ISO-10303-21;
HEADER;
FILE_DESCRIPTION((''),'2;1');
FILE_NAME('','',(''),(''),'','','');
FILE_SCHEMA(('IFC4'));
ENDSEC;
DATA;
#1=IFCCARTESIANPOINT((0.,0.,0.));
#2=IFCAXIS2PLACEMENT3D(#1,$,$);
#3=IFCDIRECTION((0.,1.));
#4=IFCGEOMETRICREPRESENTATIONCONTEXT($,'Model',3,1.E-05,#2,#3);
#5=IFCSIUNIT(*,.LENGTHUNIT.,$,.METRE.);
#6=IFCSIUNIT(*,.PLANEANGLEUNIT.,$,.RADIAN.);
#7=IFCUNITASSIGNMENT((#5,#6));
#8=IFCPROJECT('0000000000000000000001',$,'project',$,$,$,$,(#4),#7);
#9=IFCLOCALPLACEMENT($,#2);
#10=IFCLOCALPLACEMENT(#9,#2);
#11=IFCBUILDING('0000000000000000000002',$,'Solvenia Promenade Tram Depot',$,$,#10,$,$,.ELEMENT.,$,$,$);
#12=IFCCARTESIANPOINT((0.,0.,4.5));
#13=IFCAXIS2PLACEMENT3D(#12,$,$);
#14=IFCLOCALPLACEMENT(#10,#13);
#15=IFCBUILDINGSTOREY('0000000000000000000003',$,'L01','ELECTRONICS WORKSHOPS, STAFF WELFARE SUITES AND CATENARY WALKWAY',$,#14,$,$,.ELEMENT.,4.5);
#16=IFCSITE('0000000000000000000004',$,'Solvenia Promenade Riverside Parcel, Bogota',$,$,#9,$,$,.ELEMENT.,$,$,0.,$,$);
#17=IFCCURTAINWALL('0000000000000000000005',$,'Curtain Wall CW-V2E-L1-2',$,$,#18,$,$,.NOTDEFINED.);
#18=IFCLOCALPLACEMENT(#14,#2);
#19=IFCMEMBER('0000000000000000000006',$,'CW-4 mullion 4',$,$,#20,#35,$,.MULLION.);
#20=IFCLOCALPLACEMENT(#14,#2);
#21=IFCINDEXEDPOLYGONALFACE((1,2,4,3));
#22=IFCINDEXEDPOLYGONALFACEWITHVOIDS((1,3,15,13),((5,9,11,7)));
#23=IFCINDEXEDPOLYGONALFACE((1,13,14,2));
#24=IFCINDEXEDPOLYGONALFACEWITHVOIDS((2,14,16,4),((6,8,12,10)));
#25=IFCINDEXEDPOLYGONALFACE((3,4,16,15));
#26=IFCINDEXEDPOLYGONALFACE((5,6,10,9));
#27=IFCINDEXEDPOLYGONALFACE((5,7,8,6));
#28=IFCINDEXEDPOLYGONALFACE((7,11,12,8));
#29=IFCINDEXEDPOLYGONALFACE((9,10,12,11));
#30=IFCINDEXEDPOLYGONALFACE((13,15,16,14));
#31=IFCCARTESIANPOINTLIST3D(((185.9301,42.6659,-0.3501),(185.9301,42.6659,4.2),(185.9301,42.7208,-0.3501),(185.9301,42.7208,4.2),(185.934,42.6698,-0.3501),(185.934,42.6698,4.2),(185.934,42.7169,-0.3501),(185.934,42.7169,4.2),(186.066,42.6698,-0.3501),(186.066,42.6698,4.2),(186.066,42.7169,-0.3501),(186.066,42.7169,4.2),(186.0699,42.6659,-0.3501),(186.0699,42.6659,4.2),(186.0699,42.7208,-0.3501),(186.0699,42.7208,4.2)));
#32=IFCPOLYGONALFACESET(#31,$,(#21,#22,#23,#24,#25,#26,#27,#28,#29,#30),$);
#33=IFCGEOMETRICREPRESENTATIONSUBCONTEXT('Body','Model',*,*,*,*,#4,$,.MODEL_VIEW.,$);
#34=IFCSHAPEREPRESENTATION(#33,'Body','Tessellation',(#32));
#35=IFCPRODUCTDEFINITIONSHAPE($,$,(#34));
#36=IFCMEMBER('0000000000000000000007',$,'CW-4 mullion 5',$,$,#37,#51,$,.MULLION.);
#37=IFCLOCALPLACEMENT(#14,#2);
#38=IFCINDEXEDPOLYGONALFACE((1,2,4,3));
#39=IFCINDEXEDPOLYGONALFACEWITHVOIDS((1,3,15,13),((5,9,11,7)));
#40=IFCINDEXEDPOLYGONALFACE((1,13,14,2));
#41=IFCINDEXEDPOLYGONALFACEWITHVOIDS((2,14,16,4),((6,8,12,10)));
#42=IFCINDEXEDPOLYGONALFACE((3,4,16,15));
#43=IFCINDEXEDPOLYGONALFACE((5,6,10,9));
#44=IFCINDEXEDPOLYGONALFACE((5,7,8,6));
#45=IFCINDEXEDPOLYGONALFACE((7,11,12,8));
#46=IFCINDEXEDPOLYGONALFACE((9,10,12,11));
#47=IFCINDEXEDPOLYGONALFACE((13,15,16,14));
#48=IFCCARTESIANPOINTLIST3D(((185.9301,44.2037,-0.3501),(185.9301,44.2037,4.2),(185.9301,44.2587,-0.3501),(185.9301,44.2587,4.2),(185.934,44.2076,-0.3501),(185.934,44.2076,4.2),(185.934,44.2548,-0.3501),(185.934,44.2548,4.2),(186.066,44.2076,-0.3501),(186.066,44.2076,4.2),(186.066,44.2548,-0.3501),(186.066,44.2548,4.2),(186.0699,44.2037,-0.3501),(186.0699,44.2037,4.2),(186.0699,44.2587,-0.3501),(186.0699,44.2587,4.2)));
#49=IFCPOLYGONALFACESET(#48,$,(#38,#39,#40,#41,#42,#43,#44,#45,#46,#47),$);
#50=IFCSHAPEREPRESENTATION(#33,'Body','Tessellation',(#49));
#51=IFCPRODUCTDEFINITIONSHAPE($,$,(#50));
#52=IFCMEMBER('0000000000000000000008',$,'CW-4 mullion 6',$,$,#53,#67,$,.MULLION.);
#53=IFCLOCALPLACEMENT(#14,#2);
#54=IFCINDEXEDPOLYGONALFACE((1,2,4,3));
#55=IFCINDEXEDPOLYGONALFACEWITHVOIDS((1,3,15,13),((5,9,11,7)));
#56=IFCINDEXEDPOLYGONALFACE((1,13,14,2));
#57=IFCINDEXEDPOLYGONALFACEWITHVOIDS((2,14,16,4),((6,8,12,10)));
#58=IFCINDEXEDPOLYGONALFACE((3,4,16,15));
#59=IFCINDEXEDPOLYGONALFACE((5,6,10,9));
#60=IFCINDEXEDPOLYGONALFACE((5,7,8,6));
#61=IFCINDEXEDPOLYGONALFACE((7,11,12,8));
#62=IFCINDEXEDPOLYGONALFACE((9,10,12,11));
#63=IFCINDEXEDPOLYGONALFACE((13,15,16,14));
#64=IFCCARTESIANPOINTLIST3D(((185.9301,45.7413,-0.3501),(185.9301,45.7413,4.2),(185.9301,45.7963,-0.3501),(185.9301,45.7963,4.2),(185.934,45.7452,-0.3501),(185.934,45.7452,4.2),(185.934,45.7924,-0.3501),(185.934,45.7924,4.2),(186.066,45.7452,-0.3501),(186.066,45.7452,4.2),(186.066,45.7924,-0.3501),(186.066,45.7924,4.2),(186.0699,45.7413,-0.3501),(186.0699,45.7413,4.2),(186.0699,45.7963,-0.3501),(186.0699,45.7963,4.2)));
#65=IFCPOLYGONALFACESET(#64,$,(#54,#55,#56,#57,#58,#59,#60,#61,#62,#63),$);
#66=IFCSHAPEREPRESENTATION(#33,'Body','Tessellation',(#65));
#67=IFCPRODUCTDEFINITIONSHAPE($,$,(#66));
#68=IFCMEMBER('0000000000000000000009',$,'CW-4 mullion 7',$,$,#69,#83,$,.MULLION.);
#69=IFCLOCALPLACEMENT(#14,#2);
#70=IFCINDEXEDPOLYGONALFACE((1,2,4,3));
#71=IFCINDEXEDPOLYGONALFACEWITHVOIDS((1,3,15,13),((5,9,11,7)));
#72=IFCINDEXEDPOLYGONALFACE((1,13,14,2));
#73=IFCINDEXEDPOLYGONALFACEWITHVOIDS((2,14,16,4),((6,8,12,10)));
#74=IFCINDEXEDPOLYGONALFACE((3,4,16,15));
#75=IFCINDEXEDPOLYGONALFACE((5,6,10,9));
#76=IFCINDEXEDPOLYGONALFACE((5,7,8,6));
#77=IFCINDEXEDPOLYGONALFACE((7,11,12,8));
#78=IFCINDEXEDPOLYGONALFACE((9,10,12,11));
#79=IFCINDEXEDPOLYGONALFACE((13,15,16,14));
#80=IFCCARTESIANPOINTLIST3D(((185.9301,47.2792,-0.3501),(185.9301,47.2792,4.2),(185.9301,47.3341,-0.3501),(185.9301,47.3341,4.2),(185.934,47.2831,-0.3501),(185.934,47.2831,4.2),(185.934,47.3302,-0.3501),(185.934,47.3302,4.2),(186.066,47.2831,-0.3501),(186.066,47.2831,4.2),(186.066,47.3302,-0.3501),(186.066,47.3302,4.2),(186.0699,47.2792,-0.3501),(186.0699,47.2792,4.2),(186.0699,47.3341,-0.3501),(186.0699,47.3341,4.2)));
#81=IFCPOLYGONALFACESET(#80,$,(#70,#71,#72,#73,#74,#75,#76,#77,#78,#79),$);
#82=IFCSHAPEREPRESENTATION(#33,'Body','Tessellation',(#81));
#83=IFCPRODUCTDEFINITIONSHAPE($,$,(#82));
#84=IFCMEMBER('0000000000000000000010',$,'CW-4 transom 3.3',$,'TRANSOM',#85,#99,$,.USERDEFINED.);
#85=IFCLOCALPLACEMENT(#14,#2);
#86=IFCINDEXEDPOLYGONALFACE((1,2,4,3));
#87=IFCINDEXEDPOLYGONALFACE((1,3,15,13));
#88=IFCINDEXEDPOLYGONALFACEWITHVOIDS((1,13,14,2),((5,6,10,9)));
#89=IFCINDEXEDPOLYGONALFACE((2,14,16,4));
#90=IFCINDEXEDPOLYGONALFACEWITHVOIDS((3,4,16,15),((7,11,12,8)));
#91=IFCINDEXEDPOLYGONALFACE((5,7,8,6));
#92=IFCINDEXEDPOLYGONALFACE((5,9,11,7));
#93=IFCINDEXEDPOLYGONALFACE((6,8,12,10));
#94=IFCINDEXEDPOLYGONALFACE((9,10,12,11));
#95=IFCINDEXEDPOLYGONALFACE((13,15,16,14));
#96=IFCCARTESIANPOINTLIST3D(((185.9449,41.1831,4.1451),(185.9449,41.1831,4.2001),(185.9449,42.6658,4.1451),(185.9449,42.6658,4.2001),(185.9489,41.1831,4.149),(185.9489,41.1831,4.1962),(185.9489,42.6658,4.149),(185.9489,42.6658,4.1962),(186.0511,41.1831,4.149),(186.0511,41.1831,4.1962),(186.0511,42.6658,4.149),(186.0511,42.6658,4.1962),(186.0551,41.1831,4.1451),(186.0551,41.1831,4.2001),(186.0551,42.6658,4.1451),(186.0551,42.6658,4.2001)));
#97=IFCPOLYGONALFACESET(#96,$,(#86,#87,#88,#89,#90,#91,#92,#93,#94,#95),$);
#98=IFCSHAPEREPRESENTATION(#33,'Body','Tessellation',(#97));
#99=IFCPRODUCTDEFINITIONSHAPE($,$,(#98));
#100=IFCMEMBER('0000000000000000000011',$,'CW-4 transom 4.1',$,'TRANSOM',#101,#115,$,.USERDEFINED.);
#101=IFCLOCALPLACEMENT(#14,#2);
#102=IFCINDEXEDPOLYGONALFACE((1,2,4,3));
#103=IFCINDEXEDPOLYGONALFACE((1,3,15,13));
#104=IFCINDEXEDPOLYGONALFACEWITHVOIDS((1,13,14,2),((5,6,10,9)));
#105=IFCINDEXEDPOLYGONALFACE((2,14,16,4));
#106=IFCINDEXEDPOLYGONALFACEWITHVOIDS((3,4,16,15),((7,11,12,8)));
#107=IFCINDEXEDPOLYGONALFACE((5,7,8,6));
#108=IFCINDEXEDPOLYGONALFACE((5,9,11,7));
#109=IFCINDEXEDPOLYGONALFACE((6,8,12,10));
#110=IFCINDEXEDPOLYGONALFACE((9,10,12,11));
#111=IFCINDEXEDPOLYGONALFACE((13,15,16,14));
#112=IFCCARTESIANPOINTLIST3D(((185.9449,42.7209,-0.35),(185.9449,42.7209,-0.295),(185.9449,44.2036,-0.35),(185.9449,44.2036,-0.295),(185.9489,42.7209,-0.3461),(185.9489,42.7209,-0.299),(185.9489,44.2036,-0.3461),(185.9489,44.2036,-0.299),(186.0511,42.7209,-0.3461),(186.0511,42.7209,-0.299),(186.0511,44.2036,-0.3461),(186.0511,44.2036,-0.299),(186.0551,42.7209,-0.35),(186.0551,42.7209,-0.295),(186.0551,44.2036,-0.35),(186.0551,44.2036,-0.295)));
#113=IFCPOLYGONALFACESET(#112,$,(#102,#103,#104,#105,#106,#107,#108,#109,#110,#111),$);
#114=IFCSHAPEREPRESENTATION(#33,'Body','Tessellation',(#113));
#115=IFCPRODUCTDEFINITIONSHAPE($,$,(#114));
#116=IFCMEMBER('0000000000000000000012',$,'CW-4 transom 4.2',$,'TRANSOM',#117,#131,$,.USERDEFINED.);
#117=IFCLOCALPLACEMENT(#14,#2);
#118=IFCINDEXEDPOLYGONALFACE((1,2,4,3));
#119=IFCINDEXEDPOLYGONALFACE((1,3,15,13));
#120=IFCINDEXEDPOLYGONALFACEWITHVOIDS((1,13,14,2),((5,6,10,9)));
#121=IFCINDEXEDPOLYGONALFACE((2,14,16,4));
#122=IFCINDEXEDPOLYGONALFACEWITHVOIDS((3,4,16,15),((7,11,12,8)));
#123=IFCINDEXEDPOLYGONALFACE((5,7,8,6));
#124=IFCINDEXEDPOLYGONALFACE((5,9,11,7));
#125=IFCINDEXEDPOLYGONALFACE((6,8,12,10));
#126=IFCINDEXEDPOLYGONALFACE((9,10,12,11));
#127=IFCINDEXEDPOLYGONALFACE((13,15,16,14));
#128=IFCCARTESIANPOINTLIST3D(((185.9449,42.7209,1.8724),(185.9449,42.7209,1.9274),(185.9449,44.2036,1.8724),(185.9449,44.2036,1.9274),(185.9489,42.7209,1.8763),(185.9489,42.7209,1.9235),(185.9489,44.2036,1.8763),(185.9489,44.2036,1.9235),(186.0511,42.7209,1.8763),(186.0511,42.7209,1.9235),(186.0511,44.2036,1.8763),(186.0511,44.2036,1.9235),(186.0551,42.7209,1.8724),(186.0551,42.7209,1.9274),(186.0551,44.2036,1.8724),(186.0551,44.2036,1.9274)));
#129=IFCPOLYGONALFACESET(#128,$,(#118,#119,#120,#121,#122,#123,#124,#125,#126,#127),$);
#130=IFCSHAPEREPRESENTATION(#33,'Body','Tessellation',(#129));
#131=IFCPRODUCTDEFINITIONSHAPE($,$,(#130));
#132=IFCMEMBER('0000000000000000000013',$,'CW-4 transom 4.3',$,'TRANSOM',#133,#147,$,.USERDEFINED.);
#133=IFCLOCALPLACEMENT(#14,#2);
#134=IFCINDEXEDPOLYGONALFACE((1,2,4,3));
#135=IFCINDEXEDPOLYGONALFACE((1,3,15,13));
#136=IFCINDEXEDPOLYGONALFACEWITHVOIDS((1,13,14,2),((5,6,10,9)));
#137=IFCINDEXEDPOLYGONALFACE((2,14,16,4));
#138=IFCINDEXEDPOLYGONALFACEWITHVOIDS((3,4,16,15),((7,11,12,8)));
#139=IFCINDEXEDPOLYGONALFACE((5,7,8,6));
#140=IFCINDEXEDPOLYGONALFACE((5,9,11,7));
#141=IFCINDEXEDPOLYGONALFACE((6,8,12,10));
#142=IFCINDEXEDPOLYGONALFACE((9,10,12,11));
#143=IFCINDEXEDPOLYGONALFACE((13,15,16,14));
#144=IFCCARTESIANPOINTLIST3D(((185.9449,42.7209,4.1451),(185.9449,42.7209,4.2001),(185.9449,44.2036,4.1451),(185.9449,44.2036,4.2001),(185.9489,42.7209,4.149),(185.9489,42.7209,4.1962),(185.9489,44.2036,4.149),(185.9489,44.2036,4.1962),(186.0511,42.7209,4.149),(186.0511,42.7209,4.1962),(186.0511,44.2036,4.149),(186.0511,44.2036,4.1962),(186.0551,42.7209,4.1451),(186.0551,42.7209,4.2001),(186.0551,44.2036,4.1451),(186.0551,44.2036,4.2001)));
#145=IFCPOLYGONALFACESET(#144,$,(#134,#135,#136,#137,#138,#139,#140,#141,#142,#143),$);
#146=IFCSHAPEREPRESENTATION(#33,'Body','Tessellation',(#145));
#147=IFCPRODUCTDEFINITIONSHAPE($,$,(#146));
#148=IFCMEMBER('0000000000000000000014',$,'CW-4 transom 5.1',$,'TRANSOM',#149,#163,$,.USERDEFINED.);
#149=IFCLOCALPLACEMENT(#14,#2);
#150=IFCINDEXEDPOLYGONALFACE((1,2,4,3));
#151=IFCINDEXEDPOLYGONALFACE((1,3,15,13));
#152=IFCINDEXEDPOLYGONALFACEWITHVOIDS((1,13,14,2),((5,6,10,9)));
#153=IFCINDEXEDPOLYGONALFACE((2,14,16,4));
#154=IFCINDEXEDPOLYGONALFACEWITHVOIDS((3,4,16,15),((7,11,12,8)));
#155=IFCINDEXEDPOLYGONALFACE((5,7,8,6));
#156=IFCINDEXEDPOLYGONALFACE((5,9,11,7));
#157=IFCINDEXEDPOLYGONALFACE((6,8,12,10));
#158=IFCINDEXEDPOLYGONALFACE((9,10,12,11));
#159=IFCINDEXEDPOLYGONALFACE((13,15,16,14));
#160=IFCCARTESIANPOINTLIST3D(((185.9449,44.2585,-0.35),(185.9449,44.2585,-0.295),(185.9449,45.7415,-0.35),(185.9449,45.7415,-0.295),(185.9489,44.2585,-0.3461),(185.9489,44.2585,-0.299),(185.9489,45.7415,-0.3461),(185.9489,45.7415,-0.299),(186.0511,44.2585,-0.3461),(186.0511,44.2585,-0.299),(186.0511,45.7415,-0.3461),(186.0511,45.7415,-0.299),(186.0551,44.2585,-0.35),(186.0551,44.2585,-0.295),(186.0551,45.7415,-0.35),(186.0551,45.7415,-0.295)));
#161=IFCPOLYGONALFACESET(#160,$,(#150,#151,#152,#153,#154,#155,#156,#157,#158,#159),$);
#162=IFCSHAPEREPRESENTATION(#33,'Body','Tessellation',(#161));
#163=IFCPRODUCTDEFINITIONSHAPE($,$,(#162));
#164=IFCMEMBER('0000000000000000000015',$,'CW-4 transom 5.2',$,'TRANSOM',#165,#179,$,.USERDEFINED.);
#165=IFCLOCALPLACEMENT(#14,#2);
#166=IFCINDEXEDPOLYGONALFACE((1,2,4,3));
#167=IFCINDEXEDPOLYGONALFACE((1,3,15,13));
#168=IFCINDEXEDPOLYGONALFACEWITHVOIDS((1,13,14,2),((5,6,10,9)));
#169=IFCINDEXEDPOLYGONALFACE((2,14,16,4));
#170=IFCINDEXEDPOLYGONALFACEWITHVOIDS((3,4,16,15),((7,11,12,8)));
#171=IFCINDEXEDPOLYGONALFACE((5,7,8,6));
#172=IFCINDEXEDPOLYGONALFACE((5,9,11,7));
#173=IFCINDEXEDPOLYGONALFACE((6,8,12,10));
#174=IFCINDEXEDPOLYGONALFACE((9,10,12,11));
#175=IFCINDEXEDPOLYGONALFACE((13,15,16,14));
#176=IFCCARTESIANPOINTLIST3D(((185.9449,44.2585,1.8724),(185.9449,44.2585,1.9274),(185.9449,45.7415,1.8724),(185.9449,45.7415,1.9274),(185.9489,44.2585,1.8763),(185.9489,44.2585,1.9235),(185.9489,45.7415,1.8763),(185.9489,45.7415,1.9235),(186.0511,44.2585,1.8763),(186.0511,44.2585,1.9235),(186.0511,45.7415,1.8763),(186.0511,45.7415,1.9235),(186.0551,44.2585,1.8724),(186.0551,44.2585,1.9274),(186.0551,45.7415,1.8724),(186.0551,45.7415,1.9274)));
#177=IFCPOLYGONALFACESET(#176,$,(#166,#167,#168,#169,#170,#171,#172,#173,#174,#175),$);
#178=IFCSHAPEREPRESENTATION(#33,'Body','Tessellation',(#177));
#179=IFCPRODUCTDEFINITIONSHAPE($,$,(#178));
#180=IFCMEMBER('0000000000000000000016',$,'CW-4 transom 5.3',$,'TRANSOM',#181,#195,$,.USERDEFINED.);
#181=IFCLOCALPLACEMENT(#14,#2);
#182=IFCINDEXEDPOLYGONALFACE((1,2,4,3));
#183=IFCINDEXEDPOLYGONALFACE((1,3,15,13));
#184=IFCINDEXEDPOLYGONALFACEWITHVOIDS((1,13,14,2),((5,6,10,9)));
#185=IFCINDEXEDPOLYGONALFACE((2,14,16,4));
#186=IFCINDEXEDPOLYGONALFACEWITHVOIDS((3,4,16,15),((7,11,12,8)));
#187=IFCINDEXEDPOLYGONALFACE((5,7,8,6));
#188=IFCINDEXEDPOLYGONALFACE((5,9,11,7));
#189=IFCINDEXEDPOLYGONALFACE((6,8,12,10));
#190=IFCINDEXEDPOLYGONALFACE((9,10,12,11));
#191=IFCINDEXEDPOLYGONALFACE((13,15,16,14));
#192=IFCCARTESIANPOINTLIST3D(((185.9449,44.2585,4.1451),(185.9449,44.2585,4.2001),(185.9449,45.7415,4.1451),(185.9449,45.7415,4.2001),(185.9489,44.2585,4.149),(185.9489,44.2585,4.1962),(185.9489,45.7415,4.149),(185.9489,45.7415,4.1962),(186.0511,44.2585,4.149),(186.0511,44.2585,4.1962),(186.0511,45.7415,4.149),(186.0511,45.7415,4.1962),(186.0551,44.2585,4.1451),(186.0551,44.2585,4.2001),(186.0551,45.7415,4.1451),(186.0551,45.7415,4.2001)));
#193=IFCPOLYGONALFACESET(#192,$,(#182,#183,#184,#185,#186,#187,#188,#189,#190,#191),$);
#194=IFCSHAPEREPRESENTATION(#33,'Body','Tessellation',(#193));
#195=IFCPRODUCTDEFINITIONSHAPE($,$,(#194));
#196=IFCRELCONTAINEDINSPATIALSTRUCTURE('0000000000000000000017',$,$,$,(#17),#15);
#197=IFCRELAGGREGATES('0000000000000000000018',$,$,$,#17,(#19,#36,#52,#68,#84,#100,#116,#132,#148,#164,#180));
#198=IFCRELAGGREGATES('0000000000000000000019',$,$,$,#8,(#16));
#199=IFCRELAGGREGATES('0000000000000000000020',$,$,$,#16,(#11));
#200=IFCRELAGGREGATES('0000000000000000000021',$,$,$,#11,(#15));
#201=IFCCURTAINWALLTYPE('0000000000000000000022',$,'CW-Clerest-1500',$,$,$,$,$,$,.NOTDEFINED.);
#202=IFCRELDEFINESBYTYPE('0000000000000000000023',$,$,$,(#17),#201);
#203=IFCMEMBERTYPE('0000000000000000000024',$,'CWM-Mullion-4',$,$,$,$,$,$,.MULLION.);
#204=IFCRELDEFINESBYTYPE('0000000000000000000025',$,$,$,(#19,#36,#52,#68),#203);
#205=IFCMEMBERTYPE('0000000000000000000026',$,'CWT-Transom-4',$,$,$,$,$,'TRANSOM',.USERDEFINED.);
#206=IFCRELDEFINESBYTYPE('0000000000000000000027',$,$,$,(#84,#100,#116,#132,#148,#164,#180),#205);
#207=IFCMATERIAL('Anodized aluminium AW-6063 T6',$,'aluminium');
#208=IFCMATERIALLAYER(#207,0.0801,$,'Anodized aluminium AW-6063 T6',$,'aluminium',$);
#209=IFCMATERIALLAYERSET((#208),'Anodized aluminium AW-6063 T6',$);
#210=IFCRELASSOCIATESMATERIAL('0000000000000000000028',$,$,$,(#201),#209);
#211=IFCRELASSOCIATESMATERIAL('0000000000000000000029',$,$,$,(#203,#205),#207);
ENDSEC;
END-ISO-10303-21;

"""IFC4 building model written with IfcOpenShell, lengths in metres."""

from ifc_helpers import new_model, si_unit, direction, frame, origin, origin_2d, place, context, subcontext, project, spatial, hollow_rectangle, extrude, material, layer, layer_set, material_profile, profile_set, type_object, element, aggregate, save


model = new_model("IFC4")

# Units and contexts
model_context = context("Model", 3, precision=1e-05, world=origin(), true_north=direction((0.0, 1.0)))
body_context = subcontext(model_context, "Body", "Model", "MODEL_VIEW")
ifc_project = project(units=[si_unit("LENGTHUNIT", "METRE"), si_unit("PLANEANGLEUNIT", "RADIAN")], contexts=[model_context])

# Site, building, storey
site_placement = place(None, origin())
site = spatial("IfcSite", under=ifc_project, at=site_placement, Name="Solvenia Promenade Riverside Parcel, Bogota", CompositionType="ELEMENT", RefElevation=0.0)
building_placement = place(site_placement, origin())
building = spatial("IfcBuilding", under=site, at=building_placement, Name="Solvenia Promenade Tram Depot", CompositionType="ELEMENT")
storey_placement = place(building_placement, frame((0.0, 0.0, 4.5)))
storey = spatial("IfcBuildingStorey", under=building, at=storey_placement, Name="L01", Description="ELECTRONICS WORKSHOPS, STAFF WELFARE SUITES AND CATENARY WALKWAY", CompositionType="ELEMENT", Elevation=4.5)

# Curtain wall, members
ifc_material_1 = material(Name="Anodized aluminium AW-6063 T6", Category="aluminium")
ifc_layer_1 = layer(ifc_material_1, 0.0801, Name="Anodized aluminium AW-6063 T6", Category="aluminium")
ifc_layer_set_1 = layer_set([ifc_layer_1], Name="Anodized aluminium AW-6063 T6")
curtain_wall_type = type_object("IfcCurtainWallType", Name="CW-Clerest-1500", PredefinedType="NOTDEFINED", material=ifc_layer_set_1)
curtain_wall_placement = place(storey_placement, origin())
curtain_wall = element("IfcCurtainWall", 1, at=curtain_wall_placement, inside=storey, type_object=curtain_wall_type, Name="Curtain Wall CW-V2E-L1-2", PredefinedType="NOTDEFINED")
ifc_material_profile_1 = material_profile(ifc_material_1, hollow_rectangle(XDim=0.1399, YDim=0.0549, WallThickness=0.0039, at=origin_2d()), Name="ALU-M4", Category="aluminium")
ifc_profile_set_1 = profile_set([ifc_material_profile_1], Name="Anodized aluminium AW-6063 T6")
member_type_1 = type_object("IfcMemberType", Name="CWM-Mullion-4", PredefinedType="MULLION", material=ifc_profile_set_1)
member_1_placement = place(storey_placement, frame((186.0, 42.6934, -0.3501), z_axis=(0.0, 0.0, 1.0), x_axis=(-1.0, 0.0, 0.0)))
member_1 = element("IfcMember", 2, at=member_1_placement, type_object=member_type_1, Name="CW-4 mullion 4", PredefinedType="MULLION", context=body_context, shape_type="SweptSolid", body=[
    extrude(hollow_rectangle(XDim=0.1399, YDim=0.0549, WallThickness=0.0039, at=origin_2d()), origin(), (0.0, 0.0, 1.0), 4.55),
])
member_2_placement = place(storey_placement, frame((186.0, 44.2312, -0.3501), z_axis=(0.0, 0.0, 1.0), x_axis=(-1.0, 0.0, 0.0)))
member_2 = element("IfcMember", 3, at=member_2_placement, type_object=member_type_1, Name="CW-4 mullion 5", PredefinedType="MULLION", context=body_context, shape_type="SweptSolid", body=[
    extrude(hollow_rectangle(XDim=0.1399, YDim=0.0549, WallThickness=0.0039, at=origin_2d()), origin(), (0.0, 0.0, 1.0), 4.55),
])
member_3_placement = place(storey_placement, frame((186.0, 45.7688, -0.3501), z_axis=(0.0, 0.0, 1.0), x_axis=(-1.0, 0.0, 0.0)))
member_3 = element("IfcMember", 4, at=member_3_placement, type_object=member_type_1, Name="CW-4 mullion 6", PredefinedType="MULLION", context=body_context, shape_type="SweptSolid", body=[
    extrude(hollow_rectangle(XDim=0.1399, YDim=0.0549, WallThickness=0.0039, at=origin_2d()), origin(), (0.0, 0.0, 1.0), 4.55),
])
member_4_placement = place(storey_placement, frame((186.0, 47.3066, -0.3501), z_axis=(0.0, 0.0, 1.0), x_axis=(-1.0, 0.0, 0.0)))
member_4 = element("IfcMember", 5, at=member_4_placement, type_object=member_type_1, Name="CW-4 mullion 7", PredefinedType="MULLION", context=body_context, shape_type="SweptSolid", body=[
    extrude(hollow_rectangle(XDim=0.1399, YDim=0.0549, WallThickness=0.0039, at=origin_2d()), origin(), (0.0, 0.0, 1.0), 4.55),
])
ifc_material_profile_2 = material_profile(ifc_material_1, hollow_rectangle(XDim=0.1101, YDim=0.0549, WallThickness=0.0039, at=origin_2d()), Name="ALU-T4", Category="aluminium")
ifc_profile_set_2 = profile_set([ifc_material_profile_2], Name="Anodized aluminium AW-6063 T6")
member_type_2 = type_object("IfcMemberType", Name="CWT-Transom-4", ElementType="TRANSOM", PredefinedType="USERDEFINED", material=ifc_profile_set_2)
member_5_placement = place(storey_placement, frame((186.0, 41.1831, 4.1726), z_axis=(0.0, 1.0, 0.0), x_axis=(-1.0, 0.0, 0.0)))
member_5 = element("IfcMember", 6, at=member_5_placement, type_object=member_type_2, Name="CW-4 transom 3.3", ObjectType="TRANSOM", PredefinedType="USERDEFINED", context=body_context, shape_type="SweptSolid", body=[
    extrude(hollow_rectangle(XDim=0.1101, YDim=0.0549, WallThickness=0.0039, at=origin_2d()), origin(), (0.0, 0.0, 1.0), 1.4827),
])
member_6_placement = place(storey_placement, frame((186.0, 42.7209, -0.3225), z_axis=(0.0, 1.0, 0.0), x_axis=(-1.0, 0.0, 0.0)))
member_6 = element("IfcMember", 7, at=member_6_placement, type_object=member_type_2, Name="CW-4 transom 4.1", ObjectType="TRANSOM", PredefinedType="USERDEFINED", context=body_context, shape_type="SweptSolid", body=[
    extrude(hollow_rectangle(XDim=0.1101, YDim=0.0549, WallThickness=0.0039, at=origin_2d()), origin(), (0.0, 0.0, 1.0), 1.4827),
])
member_7_placement = place(storey_placement, frame((186.0, 42.7209, 1.8999), z_axis=(0.0, 1.0, 0.0), x_axis=(-1.0, 0.0, 0.0)))
member_7 = element("IfcMember", 8, at=member_7_placement, type_object=member_type_2, Name="CW-4 transom 4.2", ObjectType="TRANSOM", PredefinedType="USERDEFINED", context=body_context, shape_type="SweptSolid", body=[
    extrude(hollow_rectangle(XDim=0.1101, YDim=0.0549, WallThickness=0.0039, at=origin_2d()), origin(), (0.0, 0.0, 1.0), 1.4827),
])
member_8_placement = place(storey_placement, frame((186.0, 42.7209, 4.1726), z_axis=(0.0, 1.0, 0.0), x_axis=(-1.0, 0.0, 0.0)))
member_8 = element("IfcMember", 9, at=member_8_placement, type_object=member_type_2, Name="CW-4 transom 4.3", ObjectType="TRANSOM", PredefinedType="USERDEFINED", context=body_context, shape_type="SweptSolid", body=[
    extrude(hollow_rectangle(XDim=0.1101, YDim=0.0549, WallThickness=0.0039, at=origin_2d()), origin(), (0.0, 0.0, 1.0), 1.4827),
])
member_9_placement = place(storey_placement, frame((186.0, 44.2585, -0.3225), z_axis=(0.0, 1.0, 0.0), x_axis=(-1.0, 0.0, 0.0)))
member_9 = element("IfcMember", 10, at=member_9_placement, type_object=member_type_2, Name="CW-4 transom 5.1", ObjectType="TRANSOM", PredefinedType="USERDEFINED", context=body_context, shape_type="SweptSolid", body=[
    extrude(hollow_rectangle(XDim=0.1101, YDim=0.0549, WallThickness=0.0039, at=origin_2d()), origin(), (0.0, 0.0, 1.0), 1.4829),
])
member_10_placement = place(storey_placement, frame((186.0, 44.2585, 1.8999), z_axis=(0.0, 1.0, 0.0), x_axis=(-1.0, 0.0, 0.0)))
member_10 = element("IfcMember", 11, at=member_10_placement, type_object=member_type_2, Name="CW-4 transom 5.2", ObjectType="TRANSOM", PredefinedType="USERDEFINED", context=body_context, shape_type="SweptSolid", body=[
    extrude(hollow_rectangle(XDim=0.1101, YDim=0.0549, WallThickness=0.0039, at=origin_2d()), origin(), (0.0, 0.0, 1.0), 1.4829),
])
member_11_placement = place(storey_placement, frame((186.0, 44.2585, 4.1726), z_axis=(0.0, 1.0, 0.0), x_axis=(-1.0, 0.0, 0.0)))
member_11 = element("IfcMember", 12, at=member_11_placement, type_object=member_type_2, Name="CW-4 transom 5.3", ObjectType="TRANSOM", PredefinedType="USERDEFINED", context=body_context, shape_type="SweptSolid", body=[
    extrude(hollow_rectangle(XDim=0.1101, YDim=0.0549, WallThickness=0.0039, at=origin_2d()), origin(), (0.0, 0.0, 1.0), 1.4829),
])
aggregate(curtain_wall, [member_1, member_2, member_3, member_4, member_5, member_6, member_7, member_8, member_9, member_10, member_11])

save(model, "model.ifc")
